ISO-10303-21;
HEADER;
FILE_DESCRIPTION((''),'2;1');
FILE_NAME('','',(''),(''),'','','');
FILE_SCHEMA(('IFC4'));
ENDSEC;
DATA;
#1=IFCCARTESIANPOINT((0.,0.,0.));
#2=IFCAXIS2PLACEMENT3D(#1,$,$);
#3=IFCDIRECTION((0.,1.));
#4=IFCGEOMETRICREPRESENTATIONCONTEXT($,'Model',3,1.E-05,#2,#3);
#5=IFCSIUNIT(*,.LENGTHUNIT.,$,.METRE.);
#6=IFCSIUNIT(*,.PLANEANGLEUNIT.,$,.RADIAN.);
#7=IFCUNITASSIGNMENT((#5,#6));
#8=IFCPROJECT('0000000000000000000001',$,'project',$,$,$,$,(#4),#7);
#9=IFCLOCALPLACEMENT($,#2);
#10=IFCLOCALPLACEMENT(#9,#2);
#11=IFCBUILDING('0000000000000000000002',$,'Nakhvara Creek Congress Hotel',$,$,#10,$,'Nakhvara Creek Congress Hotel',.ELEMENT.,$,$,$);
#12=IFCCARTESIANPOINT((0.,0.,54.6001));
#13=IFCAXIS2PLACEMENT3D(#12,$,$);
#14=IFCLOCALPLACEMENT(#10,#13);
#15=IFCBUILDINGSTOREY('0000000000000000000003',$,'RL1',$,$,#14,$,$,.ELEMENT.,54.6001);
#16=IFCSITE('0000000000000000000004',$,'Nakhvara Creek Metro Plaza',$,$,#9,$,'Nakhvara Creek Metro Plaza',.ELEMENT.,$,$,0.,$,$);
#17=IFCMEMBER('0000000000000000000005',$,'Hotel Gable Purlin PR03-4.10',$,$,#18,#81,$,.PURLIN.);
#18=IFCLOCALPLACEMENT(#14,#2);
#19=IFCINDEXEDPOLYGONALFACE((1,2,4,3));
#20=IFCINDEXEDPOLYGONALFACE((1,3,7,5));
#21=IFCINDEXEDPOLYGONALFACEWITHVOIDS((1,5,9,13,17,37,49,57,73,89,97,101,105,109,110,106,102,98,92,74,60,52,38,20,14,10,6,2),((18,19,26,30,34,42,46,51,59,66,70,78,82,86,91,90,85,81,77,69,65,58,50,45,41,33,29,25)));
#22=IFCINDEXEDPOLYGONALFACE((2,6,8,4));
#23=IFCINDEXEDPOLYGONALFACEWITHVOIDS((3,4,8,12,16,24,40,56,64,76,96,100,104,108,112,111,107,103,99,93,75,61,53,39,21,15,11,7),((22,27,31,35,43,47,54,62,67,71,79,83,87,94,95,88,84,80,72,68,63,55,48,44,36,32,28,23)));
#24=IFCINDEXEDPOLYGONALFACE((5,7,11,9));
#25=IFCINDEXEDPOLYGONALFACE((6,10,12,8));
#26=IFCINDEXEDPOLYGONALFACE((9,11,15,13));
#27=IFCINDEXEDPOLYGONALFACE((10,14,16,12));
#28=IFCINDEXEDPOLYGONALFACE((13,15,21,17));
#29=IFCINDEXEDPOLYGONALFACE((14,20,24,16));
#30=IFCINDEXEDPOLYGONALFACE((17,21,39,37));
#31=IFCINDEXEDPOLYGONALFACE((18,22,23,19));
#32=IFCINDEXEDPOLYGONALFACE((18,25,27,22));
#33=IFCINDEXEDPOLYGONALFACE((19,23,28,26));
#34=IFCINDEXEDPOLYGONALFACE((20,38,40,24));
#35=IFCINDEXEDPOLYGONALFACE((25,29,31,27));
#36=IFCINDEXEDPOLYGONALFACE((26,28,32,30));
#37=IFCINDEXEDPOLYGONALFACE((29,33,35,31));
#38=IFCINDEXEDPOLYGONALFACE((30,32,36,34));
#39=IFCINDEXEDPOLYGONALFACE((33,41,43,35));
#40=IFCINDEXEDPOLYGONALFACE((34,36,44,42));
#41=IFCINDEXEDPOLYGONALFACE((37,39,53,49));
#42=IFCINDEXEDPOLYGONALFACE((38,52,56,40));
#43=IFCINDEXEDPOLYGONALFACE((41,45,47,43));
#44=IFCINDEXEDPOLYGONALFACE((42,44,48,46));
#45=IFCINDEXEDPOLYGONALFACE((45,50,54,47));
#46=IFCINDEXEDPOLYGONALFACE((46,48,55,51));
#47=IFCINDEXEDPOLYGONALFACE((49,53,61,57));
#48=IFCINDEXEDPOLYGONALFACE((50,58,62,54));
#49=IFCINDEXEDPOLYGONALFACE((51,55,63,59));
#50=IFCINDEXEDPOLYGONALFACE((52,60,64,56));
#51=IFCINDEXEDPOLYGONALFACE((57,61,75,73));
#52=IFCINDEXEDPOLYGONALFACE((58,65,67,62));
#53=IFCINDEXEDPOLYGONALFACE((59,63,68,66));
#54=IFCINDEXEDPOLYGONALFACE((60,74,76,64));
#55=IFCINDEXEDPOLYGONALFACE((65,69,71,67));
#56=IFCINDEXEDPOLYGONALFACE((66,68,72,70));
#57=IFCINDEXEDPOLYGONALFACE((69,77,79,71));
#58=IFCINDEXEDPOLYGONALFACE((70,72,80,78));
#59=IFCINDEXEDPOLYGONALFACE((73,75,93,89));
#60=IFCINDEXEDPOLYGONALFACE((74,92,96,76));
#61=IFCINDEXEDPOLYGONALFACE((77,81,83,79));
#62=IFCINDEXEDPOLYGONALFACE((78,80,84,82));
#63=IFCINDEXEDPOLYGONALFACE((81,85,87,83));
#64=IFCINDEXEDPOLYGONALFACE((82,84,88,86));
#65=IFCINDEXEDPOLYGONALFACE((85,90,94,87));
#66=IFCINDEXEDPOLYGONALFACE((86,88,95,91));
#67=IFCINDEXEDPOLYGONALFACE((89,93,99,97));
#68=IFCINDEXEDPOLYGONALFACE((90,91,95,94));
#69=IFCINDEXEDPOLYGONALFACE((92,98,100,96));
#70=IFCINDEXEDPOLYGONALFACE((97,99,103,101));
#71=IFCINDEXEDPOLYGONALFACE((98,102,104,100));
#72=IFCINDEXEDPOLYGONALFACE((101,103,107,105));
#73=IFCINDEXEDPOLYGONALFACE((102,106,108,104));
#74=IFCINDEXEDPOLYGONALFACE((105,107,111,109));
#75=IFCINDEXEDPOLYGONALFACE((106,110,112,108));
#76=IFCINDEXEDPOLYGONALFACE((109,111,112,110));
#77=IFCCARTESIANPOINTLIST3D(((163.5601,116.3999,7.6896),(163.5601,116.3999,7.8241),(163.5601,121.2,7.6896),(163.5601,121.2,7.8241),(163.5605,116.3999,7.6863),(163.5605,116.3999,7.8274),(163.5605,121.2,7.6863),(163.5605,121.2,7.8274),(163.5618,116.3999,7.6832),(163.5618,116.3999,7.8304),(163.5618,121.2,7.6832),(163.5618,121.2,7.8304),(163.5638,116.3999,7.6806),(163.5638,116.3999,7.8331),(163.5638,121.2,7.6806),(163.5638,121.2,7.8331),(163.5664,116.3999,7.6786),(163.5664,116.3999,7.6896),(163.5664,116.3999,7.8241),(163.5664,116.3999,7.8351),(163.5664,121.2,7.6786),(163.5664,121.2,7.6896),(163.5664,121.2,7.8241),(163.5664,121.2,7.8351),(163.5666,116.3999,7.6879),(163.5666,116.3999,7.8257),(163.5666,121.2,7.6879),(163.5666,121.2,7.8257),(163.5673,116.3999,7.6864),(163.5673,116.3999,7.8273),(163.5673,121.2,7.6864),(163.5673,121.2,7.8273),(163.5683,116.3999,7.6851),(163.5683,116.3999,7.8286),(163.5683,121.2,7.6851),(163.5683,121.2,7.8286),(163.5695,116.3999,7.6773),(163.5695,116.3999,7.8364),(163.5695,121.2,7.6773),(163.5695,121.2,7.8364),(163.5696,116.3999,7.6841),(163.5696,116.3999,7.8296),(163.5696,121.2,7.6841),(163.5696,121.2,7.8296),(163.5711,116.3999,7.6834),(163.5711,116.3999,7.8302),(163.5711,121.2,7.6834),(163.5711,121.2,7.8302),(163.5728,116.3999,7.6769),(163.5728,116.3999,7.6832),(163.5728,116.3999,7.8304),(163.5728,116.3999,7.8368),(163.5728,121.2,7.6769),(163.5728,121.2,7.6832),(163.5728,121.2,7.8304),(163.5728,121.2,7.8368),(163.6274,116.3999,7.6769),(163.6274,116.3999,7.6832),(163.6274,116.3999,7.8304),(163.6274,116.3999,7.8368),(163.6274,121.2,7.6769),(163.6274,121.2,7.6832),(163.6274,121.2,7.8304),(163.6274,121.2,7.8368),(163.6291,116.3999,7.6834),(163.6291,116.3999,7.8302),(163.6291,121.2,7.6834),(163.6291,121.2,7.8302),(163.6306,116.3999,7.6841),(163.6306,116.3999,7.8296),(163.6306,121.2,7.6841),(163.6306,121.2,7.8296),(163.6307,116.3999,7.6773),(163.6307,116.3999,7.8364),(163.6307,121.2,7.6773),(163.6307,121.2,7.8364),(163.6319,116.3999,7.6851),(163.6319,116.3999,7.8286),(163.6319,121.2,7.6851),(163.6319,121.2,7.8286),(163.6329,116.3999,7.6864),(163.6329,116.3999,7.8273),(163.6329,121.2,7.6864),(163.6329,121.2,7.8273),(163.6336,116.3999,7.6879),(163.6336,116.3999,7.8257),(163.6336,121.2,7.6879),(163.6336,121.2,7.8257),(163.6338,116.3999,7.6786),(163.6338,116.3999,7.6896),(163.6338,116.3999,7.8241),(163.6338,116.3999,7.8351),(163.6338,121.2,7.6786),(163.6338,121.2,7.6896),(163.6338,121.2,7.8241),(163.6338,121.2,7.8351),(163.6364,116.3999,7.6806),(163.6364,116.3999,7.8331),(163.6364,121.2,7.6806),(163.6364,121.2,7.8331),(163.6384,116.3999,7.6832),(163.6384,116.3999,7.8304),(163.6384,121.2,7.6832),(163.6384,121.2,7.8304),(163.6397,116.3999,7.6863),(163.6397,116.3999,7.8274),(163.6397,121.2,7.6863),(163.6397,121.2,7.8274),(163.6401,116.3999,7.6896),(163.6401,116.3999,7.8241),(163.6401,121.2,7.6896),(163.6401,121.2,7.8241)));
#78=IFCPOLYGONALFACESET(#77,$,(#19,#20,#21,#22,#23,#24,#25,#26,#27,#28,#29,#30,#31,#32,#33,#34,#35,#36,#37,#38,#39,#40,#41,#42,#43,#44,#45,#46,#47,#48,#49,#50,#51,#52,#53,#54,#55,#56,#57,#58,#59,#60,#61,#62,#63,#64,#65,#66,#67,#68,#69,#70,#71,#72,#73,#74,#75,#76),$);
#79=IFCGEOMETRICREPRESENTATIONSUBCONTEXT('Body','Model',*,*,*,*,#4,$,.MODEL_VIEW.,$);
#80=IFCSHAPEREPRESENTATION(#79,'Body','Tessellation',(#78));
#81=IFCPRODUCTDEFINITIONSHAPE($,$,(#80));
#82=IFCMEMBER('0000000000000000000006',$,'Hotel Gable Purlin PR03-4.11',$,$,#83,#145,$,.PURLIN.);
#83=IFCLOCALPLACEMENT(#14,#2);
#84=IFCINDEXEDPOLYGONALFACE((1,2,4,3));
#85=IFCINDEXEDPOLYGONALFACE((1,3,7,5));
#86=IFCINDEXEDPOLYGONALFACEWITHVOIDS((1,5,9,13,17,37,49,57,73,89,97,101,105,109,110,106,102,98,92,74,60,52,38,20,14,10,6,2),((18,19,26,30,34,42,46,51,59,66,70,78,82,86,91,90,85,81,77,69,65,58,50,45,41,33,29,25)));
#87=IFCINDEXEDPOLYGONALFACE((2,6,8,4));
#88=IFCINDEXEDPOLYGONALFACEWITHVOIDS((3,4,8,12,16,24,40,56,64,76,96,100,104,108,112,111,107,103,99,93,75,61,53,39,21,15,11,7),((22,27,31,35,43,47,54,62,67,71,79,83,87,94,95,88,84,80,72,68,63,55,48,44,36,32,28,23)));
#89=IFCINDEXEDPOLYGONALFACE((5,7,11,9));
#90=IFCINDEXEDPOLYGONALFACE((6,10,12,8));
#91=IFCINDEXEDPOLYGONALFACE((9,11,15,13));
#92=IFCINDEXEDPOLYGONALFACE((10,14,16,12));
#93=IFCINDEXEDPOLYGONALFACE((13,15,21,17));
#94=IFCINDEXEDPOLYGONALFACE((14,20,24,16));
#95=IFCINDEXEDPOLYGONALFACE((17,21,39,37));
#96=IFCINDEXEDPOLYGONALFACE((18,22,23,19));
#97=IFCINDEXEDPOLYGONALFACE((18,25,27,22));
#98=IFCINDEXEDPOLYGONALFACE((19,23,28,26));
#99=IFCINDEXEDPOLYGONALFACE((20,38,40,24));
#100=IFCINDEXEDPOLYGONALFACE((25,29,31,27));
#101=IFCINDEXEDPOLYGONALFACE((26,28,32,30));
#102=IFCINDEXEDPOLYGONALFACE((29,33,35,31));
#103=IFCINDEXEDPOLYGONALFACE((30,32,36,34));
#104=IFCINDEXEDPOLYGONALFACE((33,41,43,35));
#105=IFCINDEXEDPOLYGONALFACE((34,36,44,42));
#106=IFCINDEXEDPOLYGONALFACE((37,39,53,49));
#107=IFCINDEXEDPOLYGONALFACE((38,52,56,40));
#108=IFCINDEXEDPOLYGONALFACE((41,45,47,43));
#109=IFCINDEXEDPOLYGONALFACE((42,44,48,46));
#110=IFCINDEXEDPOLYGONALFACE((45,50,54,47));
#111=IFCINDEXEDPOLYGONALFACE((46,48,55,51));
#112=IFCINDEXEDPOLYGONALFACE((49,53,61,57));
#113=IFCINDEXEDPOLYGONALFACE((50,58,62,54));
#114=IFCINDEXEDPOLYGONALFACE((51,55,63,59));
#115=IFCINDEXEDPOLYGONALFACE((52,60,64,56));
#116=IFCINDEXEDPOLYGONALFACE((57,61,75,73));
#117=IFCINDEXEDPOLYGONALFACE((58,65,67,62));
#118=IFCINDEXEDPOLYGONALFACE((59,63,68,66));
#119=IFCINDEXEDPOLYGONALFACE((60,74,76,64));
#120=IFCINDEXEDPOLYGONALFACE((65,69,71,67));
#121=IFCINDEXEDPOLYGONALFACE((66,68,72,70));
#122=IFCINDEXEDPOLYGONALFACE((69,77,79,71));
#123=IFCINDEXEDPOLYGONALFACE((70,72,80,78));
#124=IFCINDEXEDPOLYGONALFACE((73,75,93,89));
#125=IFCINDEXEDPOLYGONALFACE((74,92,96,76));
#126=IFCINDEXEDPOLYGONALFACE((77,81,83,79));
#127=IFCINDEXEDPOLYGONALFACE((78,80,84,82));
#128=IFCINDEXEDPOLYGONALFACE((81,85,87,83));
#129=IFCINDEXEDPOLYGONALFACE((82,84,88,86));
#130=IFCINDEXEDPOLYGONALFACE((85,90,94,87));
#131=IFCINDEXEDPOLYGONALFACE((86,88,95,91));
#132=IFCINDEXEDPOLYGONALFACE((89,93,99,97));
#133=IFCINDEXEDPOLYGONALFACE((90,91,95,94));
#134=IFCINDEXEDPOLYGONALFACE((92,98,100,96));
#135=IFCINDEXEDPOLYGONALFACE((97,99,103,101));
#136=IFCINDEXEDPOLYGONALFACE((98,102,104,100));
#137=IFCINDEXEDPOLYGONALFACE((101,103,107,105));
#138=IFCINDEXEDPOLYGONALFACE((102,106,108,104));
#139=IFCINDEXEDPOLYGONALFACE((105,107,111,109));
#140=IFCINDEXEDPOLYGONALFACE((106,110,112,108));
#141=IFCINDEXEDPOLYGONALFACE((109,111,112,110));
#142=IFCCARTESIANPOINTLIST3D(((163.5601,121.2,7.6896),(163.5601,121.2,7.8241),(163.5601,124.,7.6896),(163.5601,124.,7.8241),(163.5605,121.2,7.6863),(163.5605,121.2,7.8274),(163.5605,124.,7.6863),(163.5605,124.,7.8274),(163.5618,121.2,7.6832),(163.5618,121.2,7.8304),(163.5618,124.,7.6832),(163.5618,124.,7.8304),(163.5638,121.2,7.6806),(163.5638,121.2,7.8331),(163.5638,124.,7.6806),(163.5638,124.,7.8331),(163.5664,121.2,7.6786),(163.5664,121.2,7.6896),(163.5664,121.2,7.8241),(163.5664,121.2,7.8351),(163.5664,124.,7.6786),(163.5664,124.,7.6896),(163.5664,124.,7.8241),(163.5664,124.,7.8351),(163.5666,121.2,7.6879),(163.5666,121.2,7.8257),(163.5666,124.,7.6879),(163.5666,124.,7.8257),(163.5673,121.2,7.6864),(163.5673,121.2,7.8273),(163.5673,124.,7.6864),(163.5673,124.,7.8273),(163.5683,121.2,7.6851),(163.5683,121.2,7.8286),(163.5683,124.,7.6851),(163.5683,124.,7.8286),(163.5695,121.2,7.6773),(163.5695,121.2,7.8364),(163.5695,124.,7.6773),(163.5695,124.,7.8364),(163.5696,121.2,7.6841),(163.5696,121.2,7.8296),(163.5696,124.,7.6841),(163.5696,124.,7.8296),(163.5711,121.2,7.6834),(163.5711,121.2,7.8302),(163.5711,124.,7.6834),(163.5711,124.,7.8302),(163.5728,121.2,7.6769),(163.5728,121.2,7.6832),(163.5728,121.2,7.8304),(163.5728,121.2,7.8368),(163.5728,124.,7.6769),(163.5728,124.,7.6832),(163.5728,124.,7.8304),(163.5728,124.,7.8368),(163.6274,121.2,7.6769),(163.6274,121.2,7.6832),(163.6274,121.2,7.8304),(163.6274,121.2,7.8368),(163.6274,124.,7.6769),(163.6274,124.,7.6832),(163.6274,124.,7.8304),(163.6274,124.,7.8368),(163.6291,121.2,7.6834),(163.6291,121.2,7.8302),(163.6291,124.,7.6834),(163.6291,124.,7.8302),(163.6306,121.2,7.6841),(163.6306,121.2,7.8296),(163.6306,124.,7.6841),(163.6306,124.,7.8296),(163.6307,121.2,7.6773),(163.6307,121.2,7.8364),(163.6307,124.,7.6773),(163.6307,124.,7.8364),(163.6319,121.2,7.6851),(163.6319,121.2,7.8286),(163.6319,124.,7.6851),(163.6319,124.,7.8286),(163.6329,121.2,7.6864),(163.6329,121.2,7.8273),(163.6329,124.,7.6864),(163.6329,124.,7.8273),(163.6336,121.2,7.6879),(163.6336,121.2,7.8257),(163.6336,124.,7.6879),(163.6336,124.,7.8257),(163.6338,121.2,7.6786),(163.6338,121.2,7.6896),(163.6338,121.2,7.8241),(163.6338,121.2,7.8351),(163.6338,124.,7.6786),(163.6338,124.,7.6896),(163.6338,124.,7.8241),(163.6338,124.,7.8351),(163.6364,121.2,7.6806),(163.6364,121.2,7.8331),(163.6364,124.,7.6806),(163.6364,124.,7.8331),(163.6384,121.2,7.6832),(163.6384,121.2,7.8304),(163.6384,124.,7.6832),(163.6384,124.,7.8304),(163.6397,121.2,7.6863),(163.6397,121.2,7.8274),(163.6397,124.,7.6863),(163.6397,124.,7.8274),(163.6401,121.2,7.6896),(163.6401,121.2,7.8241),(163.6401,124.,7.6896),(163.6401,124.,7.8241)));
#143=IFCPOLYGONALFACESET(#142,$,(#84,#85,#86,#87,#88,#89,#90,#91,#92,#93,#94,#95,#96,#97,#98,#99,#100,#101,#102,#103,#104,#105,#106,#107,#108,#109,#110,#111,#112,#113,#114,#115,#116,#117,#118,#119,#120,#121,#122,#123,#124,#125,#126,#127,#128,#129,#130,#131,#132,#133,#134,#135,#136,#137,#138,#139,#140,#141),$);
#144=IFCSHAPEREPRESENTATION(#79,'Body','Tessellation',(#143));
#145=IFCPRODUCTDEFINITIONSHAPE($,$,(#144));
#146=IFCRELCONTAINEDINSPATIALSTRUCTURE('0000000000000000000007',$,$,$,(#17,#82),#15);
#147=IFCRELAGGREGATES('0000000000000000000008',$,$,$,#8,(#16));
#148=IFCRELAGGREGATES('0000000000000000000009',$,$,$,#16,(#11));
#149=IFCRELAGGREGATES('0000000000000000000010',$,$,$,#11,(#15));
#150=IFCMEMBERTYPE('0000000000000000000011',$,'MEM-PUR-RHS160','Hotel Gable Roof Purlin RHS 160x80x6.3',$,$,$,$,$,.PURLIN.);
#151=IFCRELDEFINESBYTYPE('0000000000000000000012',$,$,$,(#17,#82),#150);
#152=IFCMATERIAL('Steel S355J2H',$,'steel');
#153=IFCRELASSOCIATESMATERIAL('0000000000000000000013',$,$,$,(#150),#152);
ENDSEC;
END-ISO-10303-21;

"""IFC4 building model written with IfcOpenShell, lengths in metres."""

from ifc_helpers import new_model, si_unit, direction, frame, origin, origin_2d, place, context, subcontext, project, spatial, hollow_rectangle, extrude, material, material_profile, profile_set, type_object, element, save


model = new_model("IFC4")

# Units and contexts
model_context = context("Model", 3, precision=1e-05, world=origin(), true_north=direction((0.0, 1.0)))
body_context = subcontext(model_context, "Body", "Model", "MODEL_VIEW")
ifc_project = project(units=[si_unit("LENGTHUNIT", "METRE"), si_unit("PLANEANGLEUNIT", "RADIAN")], contexts=[model_context])

# Site, building, storey
site_placement = place(None, origin())
site = spatial("IfcSite", under=ifc_project, at=site_placement, Name="Nakhvara Creek Metro Plaza", LongName="Nakhvara Creek Metro Plaza", CompositionType="ELEMENT", RefElevation=0.0)
building_placement = place(site_placement, origin())
building = spatial("IfcBuilding", under=site, at=building_placement, Name="Nakhvara Creek Congress Hotel", LongName="Nakhvara Creek Congress Hotel", CompositionType="ELEMENT")
storey_placement = place(building_placement, frame((0.0, 0.0, 54.6001)))
storey = spatial("IfcBuildingStorey", under=building, at=storey_placement, Name="RL1", CompositionType="ELEMENT", Elevation=54.6001)

# Members
ifc_material_1 = material(Name="Steel S355J2H", Category="steel")
ifc_material_profile_1 = material_profile(ifc_material_1, hollow_rectangle(XDim=0.0801, YDim=0.1599, WallThickness=0.0063, InnerFilletRadius=0.0063, OuterFilletRadius=0.0127, at=origin_2d()), Name="RHS 160x80x6.3", Category="LoadBearing")
ifc_profile_set_1 = profile_set([ifc_material_profile_1], Name="Steel S355J2H")
member_type_1 = type_object("IfcMemberType", Name="MEM-PUR-RHS160", Description="Hotel Gable Roof Purlin RHS 160x80x6.3", PredefinedType="PURLIN", material=ifc_profile_set_1)
member_1_placement = place(storey_placement, frame((163.6001, 116.3999, 7.7568), z_axis=(0.0, 1.0, 0.0), x_axis=(-1.0, 0.0, 0.0)))
element("IfcMember", 1, at=member_1_placement, inside=storey, type_object=member_type_1, Name="Hotel Gable Purlin PR03-4.10", PredefinedType="PURLIN", context=body_context, shape_type="SweptSolid", body=[
    extrude(hollow_rectangle(XDim=0.0801, YDim=0.1599, WallThickness=0.0063, InnerFilletRadius=0.0063, OuterFilletRadius=0.0127, at=origin_2d()), origin(), (0.0, 0.0, 1.0), 4.8),
])
member_2_placement = place(storey_placement, frame((163.6001, 121.2, 7.7568), z_axis=(0.0, 1.0, 0.0), x_axis=(-1.0, 0.0, 0.0)))
element("IfcMember", 2, at=member_2_placement, inside=storey, type_object=member_type_1, Name="Hotel Gable Purlin PR03-4.11", PredefinedType="PURLIN", context=body_context, shape_type="SweptSolid", body=[
    extrude(hollow_rectangle(XDim=0.0801, YDim=0.1599, WallThickness=0.0063, InnerFilletRadius=0.0063, OuterFilletRadius=0.0127, at=origin_2d()), origin(), (0.0, 0.0, 1.0), 2.8),
])

save(model, "model.ifc")
